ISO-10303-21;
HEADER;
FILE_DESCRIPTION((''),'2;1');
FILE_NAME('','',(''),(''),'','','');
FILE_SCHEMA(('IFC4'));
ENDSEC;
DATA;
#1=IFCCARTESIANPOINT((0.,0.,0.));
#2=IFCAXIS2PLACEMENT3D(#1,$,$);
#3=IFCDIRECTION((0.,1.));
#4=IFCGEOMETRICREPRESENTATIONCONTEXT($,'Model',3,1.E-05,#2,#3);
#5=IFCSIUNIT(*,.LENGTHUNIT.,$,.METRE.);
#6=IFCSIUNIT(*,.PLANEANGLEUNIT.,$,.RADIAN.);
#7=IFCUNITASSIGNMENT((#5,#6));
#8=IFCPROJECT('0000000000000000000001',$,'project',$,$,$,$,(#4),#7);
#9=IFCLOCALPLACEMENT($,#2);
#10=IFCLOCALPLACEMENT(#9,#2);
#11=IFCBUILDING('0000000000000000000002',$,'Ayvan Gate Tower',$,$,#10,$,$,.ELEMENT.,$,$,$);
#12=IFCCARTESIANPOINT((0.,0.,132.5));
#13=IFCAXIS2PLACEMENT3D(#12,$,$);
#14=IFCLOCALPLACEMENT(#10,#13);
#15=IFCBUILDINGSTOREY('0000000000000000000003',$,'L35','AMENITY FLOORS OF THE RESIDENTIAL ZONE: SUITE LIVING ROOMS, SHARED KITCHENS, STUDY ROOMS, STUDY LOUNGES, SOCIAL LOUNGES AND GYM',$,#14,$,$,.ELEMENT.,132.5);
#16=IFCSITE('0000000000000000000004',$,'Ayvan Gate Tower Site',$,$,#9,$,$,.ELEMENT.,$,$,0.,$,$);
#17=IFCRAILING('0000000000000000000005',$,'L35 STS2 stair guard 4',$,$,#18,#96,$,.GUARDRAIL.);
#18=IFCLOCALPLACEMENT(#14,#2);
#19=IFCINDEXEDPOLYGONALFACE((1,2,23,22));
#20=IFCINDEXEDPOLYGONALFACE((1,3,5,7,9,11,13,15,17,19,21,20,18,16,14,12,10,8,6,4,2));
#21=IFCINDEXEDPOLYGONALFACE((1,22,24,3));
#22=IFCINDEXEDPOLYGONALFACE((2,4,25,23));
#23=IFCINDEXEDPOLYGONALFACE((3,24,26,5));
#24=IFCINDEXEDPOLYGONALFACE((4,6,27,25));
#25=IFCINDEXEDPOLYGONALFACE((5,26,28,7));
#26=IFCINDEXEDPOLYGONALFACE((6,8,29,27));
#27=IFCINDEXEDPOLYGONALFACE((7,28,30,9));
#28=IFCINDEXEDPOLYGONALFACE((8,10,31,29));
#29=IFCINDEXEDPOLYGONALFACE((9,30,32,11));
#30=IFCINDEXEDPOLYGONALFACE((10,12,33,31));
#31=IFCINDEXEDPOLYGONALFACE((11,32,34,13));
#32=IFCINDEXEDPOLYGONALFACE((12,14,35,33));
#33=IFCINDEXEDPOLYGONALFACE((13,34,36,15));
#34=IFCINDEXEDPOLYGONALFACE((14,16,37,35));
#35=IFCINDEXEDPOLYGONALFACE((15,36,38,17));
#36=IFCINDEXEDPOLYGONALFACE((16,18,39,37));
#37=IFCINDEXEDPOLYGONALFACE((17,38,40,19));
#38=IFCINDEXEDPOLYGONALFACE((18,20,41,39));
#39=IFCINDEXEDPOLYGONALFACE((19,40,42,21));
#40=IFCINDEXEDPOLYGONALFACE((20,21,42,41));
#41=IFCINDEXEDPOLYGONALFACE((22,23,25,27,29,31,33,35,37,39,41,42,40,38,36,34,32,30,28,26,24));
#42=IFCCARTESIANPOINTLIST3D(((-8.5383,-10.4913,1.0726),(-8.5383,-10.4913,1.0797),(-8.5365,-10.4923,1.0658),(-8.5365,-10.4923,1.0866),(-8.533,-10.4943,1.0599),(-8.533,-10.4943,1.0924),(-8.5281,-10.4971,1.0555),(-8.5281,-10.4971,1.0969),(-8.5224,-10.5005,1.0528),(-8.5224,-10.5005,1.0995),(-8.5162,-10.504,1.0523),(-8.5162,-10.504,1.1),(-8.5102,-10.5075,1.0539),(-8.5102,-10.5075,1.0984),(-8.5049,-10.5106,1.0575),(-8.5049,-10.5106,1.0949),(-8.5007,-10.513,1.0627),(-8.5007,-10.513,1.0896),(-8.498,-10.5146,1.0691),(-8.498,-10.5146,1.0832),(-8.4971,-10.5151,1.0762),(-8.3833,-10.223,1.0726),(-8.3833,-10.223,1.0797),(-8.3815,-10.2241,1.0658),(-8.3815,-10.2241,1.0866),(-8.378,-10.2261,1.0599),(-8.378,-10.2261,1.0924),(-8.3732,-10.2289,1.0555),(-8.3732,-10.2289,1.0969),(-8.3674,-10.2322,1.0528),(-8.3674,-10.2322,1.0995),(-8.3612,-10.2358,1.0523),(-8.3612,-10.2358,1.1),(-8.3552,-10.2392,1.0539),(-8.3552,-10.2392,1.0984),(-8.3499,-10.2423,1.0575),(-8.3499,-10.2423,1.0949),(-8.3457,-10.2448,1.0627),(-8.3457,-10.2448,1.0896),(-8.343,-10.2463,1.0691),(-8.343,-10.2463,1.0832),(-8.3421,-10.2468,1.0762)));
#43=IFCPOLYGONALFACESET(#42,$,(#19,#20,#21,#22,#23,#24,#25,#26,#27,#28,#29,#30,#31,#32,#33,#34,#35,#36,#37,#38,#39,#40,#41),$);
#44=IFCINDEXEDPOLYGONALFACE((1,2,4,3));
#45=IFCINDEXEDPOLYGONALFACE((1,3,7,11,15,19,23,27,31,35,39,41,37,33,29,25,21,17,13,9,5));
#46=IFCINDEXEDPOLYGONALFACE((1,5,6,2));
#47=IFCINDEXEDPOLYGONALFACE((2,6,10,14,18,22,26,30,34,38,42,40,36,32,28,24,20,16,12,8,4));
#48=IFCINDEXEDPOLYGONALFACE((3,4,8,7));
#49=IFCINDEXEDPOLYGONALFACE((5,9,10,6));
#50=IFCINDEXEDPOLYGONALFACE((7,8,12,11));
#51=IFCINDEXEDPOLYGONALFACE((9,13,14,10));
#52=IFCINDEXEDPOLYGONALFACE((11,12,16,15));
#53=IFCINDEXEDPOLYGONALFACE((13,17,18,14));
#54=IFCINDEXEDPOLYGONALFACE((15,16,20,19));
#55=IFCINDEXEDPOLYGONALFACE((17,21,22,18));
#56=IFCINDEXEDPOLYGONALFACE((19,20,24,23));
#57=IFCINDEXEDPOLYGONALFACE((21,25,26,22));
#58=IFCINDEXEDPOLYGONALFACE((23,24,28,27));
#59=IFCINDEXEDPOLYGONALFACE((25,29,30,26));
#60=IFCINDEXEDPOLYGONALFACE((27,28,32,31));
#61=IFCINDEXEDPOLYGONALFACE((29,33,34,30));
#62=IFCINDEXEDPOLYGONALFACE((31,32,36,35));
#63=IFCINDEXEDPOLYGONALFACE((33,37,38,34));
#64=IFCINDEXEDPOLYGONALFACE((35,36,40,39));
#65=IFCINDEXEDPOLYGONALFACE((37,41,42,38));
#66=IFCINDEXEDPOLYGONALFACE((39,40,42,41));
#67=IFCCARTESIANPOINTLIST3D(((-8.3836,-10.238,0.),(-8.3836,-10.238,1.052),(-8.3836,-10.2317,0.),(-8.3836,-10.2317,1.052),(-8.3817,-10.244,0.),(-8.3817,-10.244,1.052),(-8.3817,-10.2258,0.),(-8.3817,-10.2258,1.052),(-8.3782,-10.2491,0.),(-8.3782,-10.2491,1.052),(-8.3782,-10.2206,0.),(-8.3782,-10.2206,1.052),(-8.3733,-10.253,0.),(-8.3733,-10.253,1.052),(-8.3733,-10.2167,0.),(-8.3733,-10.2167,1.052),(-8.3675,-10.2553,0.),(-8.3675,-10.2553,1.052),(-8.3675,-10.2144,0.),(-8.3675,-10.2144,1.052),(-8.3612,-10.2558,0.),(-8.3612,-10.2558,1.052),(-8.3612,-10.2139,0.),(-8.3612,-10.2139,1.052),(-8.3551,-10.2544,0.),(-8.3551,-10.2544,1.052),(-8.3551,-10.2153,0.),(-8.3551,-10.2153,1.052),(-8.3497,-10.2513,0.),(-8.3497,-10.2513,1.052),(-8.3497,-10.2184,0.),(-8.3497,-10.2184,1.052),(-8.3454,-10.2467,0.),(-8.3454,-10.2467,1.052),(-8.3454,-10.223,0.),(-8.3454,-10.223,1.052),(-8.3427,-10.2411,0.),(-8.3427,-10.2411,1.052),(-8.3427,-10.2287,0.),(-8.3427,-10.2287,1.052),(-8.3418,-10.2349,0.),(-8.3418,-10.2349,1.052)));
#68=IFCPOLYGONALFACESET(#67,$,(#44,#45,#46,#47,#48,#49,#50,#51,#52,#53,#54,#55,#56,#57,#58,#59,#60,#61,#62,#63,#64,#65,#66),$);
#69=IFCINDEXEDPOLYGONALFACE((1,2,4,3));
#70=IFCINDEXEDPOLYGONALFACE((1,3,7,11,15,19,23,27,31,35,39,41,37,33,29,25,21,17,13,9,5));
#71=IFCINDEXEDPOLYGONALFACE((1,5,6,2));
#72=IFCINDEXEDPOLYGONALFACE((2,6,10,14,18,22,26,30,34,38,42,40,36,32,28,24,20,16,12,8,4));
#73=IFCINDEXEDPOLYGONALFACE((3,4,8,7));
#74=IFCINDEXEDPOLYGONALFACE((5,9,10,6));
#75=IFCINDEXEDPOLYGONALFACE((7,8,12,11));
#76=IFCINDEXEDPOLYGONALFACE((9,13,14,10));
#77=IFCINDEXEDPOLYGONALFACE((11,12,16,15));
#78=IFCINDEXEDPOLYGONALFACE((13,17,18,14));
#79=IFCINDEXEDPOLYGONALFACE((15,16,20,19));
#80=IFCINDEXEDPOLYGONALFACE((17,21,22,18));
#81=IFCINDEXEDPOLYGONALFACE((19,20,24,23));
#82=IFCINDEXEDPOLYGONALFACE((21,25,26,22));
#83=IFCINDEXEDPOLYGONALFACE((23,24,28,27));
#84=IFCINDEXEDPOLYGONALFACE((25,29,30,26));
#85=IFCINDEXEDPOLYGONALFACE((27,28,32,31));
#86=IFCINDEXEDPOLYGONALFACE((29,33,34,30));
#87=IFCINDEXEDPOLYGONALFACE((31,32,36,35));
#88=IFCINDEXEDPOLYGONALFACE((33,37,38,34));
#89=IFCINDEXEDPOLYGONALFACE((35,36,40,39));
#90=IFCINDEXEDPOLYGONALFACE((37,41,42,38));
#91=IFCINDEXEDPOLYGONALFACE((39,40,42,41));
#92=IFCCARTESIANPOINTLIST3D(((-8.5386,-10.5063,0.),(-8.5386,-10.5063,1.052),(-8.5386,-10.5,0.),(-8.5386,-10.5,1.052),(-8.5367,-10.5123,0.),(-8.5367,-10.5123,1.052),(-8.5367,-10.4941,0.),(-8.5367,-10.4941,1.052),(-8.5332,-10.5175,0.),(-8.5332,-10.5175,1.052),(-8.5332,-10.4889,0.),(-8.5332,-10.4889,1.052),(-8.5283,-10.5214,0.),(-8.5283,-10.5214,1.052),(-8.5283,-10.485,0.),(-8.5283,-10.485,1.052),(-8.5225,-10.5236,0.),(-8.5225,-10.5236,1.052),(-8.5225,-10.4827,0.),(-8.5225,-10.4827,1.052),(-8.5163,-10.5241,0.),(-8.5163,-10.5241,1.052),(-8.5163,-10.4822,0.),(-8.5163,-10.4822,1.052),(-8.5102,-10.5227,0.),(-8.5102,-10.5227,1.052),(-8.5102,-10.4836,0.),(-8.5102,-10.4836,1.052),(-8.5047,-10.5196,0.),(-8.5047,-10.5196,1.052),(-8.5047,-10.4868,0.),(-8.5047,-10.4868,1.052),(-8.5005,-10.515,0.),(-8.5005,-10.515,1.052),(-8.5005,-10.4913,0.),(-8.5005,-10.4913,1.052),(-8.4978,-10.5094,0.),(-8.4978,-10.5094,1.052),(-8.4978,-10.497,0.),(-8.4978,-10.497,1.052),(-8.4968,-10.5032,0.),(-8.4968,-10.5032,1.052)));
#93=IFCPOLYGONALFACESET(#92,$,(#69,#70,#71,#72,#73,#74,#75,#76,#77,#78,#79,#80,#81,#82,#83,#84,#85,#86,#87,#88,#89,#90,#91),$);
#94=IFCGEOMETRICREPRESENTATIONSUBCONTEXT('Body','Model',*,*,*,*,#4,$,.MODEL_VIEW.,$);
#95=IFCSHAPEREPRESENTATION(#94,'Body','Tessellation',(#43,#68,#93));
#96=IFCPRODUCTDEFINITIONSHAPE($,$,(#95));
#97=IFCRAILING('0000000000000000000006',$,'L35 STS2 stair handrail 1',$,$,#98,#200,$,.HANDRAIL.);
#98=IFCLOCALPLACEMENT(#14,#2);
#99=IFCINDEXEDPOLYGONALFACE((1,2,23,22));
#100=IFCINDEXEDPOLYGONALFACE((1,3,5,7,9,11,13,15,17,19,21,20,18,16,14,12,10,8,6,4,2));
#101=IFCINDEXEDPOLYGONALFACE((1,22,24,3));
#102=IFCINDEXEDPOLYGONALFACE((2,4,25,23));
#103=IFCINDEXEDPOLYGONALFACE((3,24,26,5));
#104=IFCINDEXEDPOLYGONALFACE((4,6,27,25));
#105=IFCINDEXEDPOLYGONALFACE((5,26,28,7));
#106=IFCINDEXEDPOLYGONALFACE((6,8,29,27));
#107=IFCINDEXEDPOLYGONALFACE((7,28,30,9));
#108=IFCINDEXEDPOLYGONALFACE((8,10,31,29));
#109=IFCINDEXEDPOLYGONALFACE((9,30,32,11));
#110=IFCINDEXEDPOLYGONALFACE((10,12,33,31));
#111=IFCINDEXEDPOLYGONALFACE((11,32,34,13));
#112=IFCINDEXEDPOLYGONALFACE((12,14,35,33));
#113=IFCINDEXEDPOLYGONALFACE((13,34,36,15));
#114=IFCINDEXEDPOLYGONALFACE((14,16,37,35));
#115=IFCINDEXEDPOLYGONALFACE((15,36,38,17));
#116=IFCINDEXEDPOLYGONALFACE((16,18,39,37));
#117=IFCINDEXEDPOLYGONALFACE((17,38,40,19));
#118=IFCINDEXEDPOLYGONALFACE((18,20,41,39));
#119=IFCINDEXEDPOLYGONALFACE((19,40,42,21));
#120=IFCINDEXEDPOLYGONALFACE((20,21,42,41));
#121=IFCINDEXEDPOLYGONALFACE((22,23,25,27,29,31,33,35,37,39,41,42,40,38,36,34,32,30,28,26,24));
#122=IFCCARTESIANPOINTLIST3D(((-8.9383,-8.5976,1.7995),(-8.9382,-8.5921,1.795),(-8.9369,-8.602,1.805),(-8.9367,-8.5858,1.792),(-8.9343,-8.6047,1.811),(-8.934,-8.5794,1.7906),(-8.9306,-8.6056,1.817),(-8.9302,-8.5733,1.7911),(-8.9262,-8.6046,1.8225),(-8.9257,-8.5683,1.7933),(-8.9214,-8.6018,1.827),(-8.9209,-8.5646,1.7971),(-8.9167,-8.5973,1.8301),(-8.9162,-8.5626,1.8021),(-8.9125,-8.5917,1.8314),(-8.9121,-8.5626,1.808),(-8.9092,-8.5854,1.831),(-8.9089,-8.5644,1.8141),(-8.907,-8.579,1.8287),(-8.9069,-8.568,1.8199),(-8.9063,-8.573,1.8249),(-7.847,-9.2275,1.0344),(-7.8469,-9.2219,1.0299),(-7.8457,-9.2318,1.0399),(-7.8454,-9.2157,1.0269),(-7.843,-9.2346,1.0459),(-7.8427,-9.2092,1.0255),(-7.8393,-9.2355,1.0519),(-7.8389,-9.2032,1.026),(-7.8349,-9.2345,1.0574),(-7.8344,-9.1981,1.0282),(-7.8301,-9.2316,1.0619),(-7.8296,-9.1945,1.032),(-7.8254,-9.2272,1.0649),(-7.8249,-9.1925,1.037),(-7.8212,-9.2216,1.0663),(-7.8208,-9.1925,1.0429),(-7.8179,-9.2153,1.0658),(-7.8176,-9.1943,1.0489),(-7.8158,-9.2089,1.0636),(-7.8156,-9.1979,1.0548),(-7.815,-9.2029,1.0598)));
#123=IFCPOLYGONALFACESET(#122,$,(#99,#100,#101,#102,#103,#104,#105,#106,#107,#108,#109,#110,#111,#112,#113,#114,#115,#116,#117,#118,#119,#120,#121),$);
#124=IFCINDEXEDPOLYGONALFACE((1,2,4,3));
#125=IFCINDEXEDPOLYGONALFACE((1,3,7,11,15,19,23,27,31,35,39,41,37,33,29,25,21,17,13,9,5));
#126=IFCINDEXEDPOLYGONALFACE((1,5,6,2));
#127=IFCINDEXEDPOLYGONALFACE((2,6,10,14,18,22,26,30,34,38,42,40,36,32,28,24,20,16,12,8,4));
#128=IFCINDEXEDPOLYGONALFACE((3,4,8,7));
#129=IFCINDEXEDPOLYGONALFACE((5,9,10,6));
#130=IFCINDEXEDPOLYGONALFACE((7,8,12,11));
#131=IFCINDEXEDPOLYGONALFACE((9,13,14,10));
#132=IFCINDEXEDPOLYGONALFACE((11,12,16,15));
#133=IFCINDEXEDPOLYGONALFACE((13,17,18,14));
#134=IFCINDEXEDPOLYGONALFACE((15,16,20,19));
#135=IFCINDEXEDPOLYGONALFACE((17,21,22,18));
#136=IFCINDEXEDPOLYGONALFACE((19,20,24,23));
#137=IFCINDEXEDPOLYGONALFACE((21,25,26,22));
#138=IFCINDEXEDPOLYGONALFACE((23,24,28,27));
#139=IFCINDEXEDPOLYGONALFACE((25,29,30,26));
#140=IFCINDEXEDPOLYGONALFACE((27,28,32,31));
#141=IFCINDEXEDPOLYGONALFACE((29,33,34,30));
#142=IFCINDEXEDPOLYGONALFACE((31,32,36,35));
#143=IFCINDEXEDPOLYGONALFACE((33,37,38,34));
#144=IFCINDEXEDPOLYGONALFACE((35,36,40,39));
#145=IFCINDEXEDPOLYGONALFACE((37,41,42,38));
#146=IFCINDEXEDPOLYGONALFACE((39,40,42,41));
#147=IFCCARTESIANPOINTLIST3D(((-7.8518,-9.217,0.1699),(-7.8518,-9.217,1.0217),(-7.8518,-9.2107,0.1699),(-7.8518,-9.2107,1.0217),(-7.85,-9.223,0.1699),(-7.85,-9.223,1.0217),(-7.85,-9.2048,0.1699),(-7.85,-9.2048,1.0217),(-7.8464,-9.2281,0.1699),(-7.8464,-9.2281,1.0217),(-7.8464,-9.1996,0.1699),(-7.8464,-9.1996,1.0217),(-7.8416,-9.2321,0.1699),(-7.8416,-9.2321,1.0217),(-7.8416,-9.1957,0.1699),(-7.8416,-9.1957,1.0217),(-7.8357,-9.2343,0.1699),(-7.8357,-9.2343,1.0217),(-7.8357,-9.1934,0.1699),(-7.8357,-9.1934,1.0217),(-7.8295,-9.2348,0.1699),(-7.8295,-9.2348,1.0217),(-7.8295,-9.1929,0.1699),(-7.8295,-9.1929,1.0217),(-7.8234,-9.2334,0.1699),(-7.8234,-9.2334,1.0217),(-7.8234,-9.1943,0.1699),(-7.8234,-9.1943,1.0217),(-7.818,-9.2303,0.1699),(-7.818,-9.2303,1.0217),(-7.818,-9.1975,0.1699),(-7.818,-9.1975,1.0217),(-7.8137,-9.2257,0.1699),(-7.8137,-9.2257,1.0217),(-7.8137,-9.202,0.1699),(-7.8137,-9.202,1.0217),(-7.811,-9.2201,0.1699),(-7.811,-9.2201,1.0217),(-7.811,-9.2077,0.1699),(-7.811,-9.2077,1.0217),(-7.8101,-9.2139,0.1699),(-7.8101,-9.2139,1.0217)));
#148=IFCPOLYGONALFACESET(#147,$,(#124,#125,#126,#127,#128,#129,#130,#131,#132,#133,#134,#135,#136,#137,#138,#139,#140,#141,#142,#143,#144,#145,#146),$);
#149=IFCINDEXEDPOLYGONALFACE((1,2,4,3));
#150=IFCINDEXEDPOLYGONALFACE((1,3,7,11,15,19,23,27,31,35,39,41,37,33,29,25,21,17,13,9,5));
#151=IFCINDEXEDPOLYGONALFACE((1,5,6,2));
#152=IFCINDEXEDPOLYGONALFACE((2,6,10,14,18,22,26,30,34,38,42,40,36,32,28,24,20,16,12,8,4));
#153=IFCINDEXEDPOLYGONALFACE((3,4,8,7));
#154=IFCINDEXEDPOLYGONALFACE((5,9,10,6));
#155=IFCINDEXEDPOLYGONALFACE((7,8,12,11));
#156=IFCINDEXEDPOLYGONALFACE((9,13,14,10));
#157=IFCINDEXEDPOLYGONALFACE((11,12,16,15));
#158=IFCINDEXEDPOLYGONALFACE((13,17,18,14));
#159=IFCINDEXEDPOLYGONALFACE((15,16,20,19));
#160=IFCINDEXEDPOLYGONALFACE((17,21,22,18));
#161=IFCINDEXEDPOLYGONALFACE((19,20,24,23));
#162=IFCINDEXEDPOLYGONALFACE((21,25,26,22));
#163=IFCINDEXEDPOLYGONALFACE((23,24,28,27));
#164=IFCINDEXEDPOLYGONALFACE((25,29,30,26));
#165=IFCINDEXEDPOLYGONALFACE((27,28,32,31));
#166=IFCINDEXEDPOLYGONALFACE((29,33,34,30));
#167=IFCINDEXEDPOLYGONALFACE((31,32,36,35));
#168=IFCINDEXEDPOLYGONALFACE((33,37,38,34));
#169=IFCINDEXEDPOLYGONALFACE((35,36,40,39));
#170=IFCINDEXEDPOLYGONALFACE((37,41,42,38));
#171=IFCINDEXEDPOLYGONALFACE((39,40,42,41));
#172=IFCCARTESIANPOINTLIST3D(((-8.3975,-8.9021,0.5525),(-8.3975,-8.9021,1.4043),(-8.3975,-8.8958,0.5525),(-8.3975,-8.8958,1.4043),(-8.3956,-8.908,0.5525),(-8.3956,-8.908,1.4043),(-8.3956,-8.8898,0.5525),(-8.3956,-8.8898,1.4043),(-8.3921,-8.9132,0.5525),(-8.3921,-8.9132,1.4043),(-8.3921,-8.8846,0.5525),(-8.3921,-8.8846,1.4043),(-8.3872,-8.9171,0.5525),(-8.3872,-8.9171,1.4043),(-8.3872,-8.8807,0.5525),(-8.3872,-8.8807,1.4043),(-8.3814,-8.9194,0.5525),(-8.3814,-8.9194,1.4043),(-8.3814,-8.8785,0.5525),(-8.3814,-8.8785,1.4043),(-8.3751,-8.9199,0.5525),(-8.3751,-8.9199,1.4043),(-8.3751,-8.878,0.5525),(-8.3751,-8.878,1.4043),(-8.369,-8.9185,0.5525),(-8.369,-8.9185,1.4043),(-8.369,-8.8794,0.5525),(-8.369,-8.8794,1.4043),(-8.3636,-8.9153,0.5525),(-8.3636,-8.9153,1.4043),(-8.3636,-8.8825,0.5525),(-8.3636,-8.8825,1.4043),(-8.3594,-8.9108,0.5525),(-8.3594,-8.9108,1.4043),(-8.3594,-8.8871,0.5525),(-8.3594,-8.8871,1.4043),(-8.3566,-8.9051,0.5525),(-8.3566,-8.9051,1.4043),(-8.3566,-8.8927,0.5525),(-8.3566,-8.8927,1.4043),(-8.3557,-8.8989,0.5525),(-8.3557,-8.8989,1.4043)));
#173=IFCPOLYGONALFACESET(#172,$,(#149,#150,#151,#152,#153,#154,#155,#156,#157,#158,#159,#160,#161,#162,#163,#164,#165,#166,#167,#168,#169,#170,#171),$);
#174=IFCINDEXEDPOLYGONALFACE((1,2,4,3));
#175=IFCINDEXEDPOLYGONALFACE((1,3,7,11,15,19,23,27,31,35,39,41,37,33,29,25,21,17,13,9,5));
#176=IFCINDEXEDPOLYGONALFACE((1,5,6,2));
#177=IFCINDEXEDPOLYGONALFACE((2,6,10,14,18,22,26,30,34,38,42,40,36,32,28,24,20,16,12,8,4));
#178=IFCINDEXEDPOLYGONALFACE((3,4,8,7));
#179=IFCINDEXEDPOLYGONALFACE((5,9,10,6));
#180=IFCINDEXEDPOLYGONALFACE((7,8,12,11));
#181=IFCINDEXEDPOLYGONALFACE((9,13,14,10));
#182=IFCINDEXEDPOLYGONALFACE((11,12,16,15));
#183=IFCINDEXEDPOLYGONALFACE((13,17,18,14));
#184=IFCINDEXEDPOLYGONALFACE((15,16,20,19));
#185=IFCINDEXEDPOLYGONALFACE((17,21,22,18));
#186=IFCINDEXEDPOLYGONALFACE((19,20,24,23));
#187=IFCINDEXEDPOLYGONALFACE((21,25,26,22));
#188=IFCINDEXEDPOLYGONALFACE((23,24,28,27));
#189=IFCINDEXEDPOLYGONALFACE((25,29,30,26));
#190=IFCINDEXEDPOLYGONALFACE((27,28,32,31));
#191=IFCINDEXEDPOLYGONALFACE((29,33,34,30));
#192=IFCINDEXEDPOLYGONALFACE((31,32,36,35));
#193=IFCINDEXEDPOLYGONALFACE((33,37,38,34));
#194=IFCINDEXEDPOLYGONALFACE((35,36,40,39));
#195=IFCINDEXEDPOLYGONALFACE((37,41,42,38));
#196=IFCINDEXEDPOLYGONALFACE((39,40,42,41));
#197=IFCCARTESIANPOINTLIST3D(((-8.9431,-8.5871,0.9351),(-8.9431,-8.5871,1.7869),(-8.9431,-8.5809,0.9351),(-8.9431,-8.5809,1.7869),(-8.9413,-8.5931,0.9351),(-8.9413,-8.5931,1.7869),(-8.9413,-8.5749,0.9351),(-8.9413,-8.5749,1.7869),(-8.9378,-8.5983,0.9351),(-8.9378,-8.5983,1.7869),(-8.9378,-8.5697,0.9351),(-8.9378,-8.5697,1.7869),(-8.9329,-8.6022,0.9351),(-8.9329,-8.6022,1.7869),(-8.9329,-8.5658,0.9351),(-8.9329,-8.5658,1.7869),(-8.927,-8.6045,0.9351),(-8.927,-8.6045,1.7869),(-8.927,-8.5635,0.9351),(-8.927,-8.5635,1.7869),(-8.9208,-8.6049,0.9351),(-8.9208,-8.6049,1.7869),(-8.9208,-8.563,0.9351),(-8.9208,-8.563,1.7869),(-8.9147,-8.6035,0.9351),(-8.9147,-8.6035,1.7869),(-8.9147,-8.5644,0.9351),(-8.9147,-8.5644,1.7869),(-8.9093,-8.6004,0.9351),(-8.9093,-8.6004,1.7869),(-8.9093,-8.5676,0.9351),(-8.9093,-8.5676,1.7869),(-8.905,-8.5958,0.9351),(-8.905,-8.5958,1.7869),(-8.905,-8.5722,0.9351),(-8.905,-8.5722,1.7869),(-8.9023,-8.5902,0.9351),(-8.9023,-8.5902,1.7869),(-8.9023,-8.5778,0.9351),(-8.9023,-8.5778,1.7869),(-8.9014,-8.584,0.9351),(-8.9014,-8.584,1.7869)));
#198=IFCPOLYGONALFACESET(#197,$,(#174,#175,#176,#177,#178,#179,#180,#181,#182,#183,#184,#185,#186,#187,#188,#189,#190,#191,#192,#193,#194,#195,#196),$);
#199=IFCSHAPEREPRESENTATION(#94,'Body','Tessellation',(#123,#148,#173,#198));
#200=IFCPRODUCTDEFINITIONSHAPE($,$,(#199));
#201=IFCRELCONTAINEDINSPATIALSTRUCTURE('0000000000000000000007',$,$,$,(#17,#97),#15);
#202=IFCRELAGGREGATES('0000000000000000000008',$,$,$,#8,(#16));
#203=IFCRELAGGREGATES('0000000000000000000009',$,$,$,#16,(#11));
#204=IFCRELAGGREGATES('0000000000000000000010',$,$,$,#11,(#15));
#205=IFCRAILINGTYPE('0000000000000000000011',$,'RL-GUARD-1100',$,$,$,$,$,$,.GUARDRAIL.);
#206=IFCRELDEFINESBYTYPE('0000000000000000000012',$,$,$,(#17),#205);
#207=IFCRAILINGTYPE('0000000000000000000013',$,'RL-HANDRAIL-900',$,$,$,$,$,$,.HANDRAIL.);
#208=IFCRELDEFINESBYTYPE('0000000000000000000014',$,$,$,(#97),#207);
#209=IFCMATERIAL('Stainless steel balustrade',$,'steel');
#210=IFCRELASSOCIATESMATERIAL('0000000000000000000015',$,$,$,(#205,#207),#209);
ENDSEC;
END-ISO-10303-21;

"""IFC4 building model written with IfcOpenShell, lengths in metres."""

from ifc_helpers import new_model, si_unit, direction, frame, origin, origin_2d, place, context, subcontext, project, spatial, circle, extrude, material, type_object, element, save


model = new_model("IFC4")

# Units and contexts
model_context = context("Model", 3, precision=1e-05, world=origin(), true_north=direction((0.0, 1.0)))
body_context = subcontext(model_context, "Body", "Model", "MODEL_VIEW")
ifc_project = project(units=[si_unit("LENGTHUNIT", "METRE"), si_unit("PLANEANGLEUNIT", "RADIAN")], contexts=[model_context])

# Site, building, storey
site_placement = place(None, origin())
site = spatial("IfcSite", under=ifc_project, at=site_placement, Name="Ayvan Gate Tower Site", CompositionType="ELEMENT", RefElevation=0.0)
building_placement = place(site_placement, origin())
building = spatial("IfcBuilding", under=site, at=building_placement, Name="Ayvan Gate Tower", CompositionType="ELEMENT")
storey_placement = place(building_placement, frame((0.0, 0.0, 132.5)))
storey = spatial("IfcBuildingStorey", under=building, at=storey_placement, Name="L35", Description="AMENITY FLOORS OF THE RESIDENTIAL ZONE: SUITE LIVING ROOMS, SHARED KITCHENS, STUDY ROOMS, STUDY LOUNGES, SOCIAL LOUNGES AND GYM", CompositionType="ELEMENT", Elevation=132.5)

# Railings
ifc_material_1 = material(Name="Stainless steel balustrade", Category="steel")
railing_type_1 = type_object("IfcRailingType", Name="RL-GUARD-1100", PredefinedType="GUARDRAIL", material=ifc_material_1)
railing_1_placement = place(storey_placement, frame((-8.3628, -10.2349, 0.0)))
element("IfcRailing", 1, at=railing_1_placement, inside=storey, type_object=railing_type_1, Name="L35 STS2 stair guard 4", PredefinedType="GUARDRAIL", context=body_context, shape_type="SweptSolid", body=[
    extrude(circle(Radius=0.0239, at=origin_2d()), frame((0.0, 0.0, 1.0762), z_axis=(-0.500291, -0.865857, 0.0), x_axis=(0.865857, -0.500291, 0.0)), (0.0, 0.0, 1.0), 0.3098),
    extrude(circle(Radius=0.021, at=origin_2d()), origin(), (0.0, 0.0, 1.0), 1.052),
    extrude(circle(Radius=0.021, at=origin_2d()), frame((-0.155, -0.2683, 0.0)), (0.0, 0.0, 1.0), 1.052),
])
railing_type_2 = type_object("IfcRailingType", Name="RL-HANDRAIL-900", PredefinedType="HANDRAIL", material=ifc_material_1)
railing_2_placement = place(storey_placement, frame((-7.8311, -9.2139, 0.1699)))
element("IfcRailing", 2, at=railing_2_placement, inside=storey, type_object=railing_type_2, Name="L35 STS2 stair handrail 1", PredefinedType="HANDRAIL", context=body_context, shape_type="SweptSolid", body=[
    extrude(circle(Radius=0.0239, at=origin_2d()), frame((0.0, 0.0, 0.876), z_axis=(-0.740293, 0.427283, 0.519033), x_axis=(-0.49989, -0.866089, 0.0)), (0.0, 0.0, 1.0), 1.4741),
    extrude(circle(Radius=0.021, at=origin_2d()), origin(), (0.0, 0.0, 1.0), 0.8518),
    extrude(circle(Radius=0.021, at=origin_2d()), frame((-0.5457, 0.3149, 0.3826)), (0.0, 0.0, 1.0), 0.8518),
    extrude(circle(Radius=0.021, at=origin_2d()), frame((-1.0913, 0.6299, 0.7651)), (0.0, 0.0, 1.0), 0.8518),
])

save(model, "model.ifc")
